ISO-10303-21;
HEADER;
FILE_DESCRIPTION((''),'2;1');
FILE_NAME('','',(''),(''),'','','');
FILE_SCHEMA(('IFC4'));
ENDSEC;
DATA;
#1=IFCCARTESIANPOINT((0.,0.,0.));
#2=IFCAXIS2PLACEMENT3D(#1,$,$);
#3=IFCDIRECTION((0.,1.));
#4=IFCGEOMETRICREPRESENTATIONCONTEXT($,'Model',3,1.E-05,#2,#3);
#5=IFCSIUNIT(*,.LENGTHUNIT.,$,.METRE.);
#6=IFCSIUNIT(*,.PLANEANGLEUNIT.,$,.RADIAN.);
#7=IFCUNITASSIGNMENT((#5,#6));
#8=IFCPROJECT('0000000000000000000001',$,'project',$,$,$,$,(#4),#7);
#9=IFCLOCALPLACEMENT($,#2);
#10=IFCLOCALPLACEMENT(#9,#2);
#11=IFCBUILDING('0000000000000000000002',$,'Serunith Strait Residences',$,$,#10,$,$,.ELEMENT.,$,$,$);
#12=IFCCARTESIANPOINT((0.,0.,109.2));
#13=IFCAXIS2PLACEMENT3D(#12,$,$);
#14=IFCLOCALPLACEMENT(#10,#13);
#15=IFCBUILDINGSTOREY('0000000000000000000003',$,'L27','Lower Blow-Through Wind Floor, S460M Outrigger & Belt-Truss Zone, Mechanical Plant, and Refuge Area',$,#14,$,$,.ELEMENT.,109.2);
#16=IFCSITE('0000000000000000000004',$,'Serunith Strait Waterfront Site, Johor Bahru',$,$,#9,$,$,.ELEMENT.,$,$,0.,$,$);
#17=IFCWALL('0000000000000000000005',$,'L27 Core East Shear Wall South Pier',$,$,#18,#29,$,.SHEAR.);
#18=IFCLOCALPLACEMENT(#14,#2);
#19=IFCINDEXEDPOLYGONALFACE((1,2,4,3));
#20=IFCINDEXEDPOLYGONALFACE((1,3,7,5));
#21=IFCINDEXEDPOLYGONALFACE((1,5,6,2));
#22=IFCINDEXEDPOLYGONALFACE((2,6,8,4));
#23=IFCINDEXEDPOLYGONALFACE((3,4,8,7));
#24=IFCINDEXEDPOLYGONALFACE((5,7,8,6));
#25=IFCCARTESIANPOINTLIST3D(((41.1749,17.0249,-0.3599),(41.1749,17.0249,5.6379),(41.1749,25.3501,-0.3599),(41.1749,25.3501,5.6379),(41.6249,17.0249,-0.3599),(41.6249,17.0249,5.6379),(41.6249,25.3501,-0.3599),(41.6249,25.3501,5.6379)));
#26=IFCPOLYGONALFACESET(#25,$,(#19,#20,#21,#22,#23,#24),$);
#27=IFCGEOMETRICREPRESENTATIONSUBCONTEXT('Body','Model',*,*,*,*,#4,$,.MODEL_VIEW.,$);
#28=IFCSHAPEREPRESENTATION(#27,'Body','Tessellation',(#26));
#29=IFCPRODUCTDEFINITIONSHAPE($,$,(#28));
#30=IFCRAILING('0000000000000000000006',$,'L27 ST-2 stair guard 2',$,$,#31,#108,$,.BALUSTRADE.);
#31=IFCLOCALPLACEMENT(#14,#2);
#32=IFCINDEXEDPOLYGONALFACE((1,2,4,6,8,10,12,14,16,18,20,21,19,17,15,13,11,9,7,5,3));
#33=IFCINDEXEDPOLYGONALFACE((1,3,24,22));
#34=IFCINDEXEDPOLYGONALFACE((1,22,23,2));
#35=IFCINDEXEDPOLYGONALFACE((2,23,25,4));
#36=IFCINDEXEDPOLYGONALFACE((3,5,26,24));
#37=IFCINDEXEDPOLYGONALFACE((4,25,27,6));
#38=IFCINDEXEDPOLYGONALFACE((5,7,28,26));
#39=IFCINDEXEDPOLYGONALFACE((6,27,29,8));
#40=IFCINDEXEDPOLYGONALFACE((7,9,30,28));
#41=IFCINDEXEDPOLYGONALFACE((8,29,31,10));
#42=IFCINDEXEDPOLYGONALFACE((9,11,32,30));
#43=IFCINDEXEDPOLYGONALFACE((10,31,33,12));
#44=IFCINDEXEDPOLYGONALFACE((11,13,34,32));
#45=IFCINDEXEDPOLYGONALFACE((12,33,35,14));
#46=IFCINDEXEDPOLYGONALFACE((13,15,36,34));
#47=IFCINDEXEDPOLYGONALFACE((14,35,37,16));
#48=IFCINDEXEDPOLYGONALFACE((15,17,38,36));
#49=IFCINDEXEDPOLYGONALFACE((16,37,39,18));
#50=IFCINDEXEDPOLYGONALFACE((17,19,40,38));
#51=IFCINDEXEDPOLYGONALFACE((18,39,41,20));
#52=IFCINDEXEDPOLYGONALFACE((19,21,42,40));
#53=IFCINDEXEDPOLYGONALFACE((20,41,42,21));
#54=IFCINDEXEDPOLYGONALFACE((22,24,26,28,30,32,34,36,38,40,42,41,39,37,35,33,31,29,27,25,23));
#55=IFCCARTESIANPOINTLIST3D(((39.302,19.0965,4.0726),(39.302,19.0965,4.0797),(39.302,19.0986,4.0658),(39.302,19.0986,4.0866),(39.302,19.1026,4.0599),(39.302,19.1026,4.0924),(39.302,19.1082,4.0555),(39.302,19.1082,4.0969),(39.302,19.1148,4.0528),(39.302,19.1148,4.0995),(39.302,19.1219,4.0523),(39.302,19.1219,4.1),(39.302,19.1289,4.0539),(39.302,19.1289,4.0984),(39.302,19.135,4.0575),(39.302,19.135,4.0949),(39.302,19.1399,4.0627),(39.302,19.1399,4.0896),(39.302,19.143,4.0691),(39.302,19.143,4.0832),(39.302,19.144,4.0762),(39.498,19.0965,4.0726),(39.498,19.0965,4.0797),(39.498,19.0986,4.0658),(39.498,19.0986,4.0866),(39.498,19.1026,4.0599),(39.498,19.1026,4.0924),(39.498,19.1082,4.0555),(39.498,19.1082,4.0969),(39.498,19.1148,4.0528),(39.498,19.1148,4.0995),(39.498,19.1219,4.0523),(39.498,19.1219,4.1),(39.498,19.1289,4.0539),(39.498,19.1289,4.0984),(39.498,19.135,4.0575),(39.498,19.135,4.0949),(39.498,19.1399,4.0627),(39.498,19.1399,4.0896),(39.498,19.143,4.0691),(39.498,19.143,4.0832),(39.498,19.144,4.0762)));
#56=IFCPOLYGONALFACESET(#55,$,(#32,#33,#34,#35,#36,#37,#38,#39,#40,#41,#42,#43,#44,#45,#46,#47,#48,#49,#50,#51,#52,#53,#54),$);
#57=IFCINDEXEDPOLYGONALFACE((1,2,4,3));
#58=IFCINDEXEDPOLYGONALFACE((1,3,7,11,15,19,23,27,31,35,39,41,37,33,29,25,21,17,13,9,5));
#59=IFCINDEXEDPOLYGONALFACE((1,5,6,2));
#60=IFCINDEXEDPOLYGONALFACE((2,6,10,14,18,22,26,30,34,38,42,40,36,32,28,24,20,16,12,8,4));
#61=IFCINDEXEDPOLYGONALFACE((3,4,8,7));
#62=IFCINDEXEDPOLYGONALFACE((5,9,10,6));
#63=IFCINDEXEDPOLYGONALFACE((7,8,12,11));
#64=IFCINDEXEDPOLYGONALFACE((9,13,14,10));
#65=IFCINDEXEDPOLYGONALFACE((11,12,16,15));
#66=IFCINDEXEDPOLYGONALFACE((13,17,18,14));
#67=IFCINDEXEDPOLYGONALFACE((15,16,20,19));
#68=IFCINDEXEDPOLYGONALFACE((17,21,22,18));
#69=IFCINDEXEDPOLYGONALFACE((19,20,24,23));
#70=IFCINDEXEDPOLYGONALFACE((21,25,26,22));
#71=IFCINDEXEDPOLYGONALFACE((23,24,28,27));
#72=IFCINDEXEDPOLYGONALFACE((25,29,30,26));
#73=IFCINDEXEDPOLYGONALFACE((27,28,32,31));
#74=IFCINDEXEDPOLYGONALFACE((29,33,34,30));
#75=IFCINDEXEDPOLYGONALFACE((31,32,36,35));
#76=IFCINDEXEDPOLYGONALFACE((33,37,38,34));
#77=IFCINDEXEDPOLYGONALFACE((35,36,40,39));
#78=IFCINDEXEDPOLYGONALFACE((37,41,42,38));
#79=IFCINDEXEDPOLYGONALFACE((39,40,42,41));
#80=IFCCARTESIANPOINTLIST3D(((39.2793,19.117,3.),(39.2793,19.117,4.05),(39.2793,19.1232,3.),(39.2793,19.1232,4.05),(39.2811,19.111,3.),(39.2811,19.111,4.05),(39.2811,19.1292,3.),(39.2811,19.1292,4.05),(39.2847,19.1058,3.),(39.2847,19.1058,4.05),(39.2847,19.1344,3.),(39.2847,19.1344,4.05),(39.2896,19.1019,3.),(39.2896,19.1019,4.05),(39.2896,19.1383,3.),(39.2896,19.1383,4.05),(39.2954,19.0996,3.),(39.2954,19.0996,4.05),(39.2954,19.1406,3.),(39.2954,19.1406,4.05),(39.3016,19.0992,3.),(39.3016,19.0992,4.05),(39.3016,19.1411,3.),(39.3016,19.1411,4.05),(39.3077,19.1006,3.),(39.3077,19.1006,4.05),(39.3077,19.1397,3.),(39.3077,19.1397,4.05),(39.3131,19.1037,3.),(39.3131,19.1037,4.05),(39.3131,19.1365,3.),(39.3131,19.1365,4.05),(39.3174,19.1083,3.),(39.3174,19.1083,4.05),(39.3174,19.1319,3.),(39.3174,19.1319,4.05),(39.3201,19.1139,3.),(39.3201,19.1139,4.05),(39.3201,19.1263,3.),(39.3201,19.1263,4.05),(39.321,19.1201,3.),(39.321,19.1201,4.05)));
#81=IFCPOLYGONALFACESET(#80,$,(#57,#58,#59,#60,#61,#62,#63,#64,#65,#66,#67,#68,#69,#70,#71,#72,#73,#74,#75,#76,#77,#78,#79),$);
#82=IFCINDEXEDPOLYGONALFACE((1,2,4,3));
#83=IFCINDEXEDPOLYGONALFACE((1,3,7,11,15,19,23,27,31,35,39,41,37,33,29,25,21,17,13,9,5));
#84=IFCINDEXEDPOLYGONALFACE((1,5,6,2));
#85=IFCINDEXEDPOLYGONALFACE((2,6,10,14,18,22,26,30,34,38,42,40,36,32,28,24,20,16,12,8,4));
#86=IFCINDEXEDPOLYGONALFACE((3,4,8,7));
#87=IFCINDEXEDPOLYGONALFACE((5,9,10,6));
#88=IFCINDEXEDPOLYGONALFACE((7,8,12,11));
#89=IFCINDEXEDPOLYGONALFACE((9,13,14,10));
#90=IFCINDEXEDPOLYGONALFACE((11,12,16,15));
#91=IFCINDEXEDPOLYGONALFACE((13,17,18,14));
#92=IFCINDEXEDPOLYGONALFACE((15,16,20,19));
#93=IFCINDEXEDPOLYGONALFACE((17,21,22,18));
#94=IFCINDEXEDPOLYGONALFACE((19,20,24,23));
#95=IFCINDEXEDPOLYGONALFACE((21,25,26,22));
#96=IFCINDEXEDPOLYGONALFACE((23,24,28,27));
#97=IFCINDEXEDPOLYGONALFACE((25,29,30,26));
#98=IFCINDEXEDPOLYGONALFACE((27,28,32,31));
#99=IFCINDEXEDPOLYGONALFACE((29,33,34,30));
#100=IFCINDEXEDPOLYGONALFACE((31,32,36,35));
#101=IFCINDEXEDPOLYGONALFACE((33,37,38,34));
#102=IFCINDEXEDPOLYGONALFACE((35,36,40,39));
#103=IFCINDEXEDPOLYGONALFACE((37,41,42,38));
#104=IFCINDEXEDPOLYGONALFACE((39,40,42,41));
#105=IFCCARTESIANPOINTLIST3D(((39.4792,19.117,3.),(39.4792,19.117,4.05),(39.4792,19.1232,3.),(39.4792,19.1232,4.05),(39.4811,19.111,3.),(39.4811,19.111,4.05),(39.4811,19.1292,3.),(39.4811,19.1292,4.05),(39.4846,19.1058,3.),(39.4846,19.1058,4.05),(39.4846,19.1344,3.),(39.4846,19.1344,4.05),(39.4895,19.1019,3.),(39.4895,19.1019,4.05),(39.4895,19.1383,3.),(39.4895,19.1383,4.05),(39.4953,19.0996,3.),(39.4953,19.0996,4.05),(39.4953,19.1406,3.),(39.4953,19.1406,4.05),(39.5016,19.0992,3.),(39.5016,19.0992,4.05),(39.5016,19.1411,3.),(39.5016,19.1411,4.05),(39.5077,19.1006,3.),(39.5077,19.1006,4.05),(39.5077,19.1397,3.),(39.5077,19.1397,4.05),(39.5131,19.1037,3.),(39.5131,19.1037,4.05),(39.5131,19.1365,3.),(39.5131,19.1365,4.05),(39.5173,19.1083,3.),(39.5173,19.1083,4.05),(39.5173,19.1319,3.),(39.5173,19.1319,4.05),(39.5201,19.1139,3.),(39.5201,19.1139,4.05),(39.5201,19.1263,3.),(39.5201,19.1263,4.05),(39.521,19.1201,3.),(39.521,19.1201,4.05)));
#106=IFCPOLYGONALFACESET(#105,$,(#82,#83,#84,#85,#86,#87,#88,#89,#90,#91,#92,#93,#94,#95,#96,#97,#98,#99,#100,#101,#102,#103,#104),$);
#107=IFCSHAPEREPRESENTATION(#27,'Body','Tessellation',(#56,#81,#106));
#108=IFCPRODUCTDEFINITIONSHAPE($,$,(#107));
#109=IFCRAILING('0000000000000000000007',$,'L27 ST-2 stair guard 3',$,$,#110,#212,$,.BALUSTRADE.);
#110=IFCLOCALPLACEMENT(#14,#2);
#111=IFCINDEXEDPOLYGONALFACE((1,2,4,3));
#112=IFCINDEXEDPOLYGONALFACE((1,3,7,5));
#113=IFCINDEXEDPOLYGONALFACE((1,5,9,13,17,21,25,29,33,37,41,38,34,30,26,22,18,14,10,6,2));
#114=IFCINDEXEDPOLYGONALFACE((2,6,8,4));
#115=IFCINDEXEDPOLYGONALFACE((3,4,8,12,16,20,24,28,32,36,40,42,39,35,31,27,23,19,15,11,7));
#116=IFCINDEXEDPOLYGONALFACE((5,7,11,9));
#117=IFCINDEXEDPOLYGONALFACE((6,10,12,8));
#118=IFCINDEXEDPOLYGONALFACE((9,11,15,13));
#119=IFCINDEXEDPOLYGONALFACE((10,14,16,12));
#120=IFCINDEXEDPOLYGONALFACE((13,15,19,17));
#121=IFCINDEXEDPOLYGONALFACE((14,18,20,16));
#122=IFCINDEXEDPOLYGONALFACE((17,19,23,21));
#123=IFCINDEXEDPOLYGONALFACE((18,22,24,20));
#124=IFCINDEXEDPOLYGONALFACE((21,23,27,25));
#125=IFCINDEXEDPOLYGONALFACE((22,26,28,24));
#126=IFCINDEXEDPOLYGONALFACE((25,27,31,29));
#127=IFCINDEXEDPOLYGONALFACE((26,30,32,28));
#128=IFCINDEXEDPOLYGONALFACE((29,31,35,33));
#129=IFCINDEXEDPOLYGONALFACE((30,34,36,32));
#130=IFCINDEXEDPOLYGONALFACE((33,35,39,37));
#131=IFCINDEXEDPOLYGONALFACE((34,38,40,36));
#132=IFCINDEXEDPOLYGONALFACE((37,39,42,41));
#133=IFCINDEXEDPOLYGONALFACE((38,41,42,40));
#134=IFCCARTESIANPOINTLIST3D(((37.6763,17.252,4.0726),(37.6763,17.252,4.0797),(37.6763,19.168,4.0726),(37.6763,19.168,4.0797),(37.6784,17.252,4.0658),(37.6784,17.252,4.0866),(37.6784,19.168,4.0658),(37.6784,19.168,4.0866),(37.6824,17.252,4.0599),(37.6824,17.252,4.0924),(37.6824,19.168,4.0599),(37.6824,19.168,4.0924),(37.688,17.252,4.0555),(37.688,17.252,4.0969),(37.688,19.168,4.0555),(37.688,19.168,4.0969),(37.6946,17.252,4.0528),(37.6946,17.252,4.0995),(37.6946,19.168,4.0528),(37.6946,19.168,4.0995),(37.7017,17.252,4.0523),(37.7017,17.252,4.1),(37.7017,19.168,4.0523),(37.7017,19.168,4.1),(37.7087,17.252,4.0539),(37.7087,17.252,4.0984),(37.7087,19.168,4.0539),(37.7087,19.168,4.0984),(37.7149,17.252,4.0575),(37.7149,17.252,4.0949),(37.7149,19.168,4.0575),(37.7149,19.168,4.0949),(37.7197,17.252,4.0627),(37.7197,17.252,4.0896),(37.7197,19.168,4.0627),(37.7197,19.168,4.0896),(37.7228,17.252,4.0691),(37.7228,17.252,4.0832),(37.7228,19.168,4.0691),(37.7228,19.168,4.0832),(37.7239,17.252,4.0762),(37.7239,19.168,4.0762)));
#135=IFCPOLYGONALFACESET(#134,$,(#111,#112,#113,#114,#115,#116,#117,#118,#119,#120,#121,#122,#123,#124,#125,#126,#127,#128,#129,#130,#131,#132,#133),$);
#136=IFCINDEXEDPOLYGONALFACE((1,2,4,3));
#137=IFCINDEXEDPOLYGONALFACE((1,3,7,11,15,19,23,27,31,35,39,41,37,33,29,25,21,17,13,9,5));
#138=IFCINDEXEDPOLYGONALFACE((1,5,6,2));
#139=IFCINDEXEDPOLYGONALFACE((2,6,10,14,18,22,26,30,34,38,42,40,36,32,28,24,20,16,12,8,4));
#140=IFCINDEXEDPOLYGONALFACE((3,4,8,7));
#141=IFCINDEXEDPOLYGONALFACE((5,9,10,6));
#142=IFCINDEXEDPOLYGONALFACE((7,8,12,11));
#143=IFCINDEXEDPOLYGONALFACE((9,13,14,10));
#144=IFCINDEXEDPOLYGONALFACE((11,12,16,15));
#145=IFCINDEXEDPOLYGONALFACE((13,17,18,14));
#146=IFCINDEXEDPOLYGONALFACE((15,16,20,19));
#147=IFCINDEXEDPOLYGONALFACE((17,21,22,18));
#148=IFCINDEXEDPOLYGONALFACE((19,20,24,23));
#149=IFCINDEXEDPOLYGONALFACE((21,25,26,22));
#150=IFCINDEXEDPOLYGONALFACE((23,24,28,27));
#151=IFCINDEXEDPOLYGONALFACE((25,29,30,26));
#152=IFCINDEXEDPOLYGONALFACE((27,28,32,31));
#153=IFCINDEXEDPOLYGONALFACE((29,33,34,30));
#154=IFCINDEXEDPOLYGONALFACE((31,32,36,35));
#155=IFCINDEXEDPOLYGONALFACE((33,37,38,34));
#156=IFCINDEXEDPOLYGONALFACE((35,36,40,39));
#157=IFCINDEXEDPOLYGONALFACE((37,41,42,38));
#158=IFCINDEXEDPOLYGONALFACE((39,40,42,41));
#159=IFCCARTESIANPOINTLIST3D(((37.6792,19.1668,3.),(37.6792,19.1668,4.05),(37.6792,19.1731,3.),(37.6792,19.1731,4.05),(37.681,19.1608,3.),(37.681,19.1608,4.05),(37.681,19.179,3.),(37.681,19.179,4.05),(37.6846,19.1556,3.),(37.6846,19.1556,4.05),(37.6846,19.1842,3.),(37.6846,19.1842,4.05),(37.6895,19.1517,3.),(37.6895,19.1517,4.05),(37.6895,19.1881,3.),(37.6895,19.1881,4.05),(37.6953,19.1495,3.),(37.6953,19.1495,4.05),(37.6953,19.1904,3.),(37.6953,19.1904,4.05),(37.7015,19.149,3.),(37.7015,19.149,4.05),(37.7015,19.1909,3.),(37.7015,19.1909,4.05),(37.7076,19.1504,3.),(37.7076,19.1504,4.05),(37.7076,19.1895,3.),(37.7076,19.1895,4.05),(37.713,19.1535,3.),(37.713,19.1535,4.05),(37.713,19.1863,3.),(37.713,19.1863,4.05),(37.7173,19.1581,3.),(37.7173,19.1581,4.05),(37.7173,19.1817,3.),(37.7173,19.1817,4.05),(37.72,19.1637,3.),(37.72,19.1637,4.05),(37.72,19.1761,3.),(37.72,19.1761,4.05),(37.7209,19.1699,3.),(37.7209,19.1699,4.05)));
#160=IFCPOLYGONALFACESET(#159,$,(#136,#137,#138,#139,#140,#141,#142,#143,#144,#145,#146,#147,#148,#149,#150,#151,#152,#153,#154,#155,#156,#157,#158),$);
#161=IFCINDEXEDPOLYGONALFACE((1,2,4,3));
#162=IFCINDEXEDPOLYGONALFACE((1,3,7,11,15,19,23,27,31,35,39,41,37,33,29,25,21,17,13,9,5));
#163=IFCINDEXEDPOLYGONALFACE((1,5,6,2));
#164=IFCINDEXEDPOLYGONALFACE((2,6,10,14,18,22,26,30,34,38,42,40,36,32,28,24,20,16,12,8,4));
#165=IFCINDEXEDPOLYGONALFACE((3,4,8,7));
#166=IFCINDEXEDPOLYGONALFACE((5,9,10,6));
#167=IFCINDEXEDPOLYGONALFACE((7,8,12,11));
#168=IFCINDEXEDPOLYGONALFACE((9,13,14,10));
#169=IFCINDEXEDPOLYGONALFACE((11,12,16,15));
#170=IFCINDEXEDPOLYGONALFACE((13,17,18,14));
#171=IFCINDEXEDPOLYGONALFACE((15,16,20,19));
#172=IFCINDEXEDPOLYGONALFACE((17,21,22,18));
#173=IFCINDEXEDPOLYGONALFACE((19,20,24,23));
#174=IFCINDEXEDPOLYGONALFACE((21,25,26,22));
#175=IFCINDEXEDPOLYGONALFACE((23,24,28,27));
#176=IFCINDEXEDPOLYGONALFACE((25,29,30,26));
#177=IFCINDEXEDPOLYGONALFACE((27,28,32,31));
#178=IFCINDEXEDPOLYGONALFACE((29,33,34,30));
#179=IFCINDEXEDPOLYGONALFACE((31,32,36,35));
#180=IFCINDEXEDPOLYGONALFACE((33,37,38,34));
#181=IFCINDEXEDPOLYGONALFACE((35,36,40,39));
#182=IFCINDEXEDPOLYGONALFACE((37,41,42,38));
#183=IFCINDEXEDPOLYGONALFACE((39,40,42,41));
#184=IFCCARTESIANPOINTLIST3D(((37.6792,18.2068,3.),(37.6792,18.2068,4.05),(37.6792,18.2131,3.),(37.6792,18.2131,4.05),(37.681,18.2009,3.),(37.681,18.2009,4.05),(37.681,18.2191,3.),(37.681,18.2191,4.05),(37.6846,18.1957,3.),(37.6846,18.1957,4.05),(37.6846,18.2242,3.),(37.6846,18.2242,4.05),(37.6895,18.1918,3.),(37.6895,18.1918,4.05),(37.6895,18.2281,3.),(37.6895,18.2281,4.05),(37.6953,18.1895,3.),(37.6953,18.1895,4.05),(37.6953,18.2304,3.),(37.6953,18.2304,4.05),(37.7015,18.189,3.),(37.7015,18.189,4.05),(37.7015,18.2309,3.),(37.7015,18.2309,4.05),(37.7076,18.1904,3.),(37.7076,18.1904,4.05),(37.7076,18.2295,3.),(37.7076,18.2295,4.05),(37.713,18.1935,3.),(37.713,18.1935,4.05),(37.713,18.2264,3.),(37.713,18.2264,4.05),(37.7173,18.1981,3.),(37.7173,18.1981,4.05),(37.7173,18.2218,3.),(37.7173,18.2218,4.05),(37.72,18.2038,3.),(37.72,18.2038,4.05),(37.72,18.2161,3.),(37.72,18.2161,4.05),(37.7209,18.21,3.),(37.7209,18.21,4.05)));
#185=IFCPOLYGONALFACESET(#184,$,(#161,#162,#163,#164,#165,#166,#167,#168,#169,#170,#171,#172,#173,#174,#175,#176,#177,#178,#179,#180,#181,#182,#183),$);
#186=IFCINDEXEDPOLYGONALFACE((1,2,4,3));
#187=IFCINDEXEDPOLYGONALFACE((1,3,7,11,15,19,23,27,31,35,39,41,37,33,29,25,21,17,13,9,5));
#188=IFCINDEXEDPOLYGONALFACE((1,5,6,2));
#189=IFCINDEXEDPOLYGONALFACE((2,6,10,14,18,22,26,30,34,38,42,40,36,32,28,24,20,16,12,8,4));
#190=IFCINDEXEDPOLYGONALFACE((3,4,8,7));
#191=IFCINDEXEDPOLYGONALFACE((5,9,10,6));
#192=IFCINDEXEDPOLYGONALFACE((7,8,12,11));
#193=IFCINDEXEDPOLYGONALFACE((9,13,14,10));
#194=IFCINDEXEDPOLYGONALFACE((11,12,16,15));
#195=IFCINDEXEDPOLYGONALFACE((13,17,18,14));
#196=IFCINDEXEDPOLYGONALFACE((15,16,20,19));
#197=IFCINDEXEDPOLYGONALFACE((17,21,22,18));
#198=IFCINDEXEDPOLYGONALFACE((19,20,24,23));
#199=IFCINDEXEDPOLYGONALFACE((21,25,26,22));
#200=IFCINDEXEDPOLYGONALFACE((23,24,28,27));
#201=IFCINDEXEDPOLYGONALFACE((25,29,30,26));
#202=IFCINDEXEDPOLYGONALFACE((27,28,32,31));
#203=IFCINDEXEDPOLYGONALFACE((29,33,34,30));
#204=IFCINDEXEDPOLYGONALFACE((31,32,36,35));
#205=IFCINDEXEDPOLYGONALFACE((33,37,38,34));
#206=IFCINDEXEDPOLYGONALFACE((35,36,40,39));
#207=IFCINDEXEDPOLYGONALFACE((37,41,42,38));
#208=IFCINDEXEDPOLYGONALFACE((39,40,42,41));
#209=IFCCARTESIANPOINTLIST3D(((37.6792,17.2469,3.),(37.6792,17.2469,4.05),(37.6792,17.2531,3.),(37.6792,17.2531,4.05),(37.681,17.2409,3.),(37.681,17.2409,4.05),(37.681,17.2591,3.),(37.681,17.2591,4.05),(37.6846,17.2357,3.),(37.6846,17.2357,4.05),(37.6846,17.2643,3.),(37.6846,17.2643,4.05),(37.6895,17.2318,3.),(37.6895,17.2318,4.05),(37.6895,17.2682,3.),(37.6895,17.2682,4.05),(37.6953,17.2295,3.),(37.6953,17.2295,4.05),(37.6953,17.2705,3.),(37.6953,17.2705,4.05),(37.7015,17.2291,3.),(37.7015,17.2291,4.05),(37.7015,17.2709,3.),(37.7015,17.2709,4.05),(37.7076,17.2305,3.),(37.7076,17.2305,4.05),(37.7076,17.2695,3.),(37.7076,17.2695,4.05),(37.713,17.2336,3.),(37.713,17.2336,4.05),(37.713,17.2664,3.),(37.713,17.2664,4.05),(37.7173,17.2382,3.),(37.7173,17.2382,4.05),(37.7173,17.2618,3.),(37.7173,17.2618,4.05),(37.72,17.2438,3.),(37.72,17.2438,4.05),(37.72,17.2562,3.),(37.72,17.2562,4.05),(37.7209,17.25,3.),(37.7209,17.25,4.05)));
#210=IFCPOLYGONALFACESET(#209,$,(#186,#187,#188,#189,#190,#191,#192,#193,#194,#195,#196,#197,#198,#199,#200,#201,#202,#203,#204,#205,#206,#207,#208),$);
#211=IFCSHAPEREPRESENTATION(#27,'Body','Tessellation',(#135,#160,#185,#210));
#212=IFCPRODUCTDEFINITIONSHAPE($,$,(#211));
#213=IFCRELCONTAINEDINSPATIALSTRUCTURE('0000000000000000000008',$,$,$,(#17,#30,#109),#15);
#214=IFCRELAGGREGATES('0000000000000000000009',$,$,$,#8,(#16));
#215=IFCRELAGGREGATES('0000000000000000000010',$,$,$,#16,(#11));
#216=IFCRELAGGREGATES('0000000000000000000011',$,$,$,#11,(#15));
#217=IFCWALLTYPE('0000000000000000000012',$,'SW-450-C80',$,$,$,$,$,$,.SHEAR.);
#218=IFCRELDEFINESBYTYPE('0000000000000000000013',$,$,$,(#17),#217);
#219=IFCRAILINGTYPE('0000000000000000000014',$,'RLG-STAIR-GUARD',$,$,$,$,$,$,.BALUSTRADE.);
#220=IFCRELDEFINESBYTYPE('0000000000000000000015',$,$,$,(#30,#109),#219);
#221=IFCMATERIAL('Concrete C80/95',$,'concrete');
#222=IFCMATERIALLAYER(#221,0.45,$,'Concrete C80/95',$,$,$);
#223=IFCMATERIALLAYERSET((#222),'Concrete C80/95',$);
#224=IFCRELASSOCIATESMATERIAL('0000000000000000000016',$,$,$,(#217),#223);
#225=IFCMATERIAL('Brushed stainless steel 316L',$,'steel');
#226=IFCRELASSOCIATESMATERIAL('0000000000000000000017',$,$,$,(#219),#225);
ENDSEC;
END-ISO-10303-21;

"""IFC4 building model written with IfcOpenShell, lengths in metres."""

from ifc_helpers import new_model, si_unit, direction, frame, frame_2d, origin, origin_2d, place, context, subcontext, project, spatial, rectangle, circle, extrude, material, layer, layer_set, type_object, element, save


model = new_model("IFC4")

# Units and contexts
model_context = context("Model", 3, precision=1e-05, world=origin(), true_north=direction((0.0, 1.0)))
body_context = subcontext(model_context, "Body", "Model", "MODEL_VIEW")
ifc_project = project(units=[si_unit("LENGTHUNIT", "METRE"), si_unit("PLANEANGLEUNIT", "RADIAN")], contexts=[model_context])

# Site, building, storey
site_placement = place(None, origin())
site = spatial("IfcSite", under=ifc_project, at=site_placement, Name="Serunith Strait Waterfront Site, Johor Bahru", CompositionType="ELEMENT", RefElevation=0.0)
building_placement = place(site_placement, origin())
building = spatial("IfcBuilding", under=site, at=building_placement, Name="Serunith Strait Residences", CompositionType="ELEMENT")
storey_placement = place(building_placement, frame((0.0, 0.0, 109.2)))
storey = spatial("IfcBuildingStorey", under=building, at=storey_placement, Name="L27", Description="Lower Blow-Through Wind Floor, S460M Outrigger & Belt-Truss Zone, Mechanical Plant, and Refuge Area", CompositionType="ELEMENT", Elevation=109.2)

# Wall
ifc_material_1 = material(Name="Concrete C80/95", Category="concrete")
ifc_layer_1 = layer(ifc_material_1, 0.45, Name="Concrete C80/95")
ifc_layer_set_1 = layer_set([ifc_layer_1], Name="Concrete C80/95")
wall_type_1 = type_object("IfcWallType", Name="SW-450-C80", PredefinedType="SHEAR", material=ifc_layer_set_1)
wall_1_placement = place(storey_placement, frame((41.3999, 17.0249, -0.3599), z_axis=(0.0, 0.0, 1.0), x_axis=(0.0, 1.0, 0.0)))
element("IfcWall", 1, at=wall_1_placement, inside=storey, type_object=wall_type_1, Name="L27 Core East Shear Wall South Pier", PredefinedType="SHEAR", context=body_context, shape_type="SweptSolid", body=[
    extrude(rectangle(XDim=8.3252, YDim=0.45, at=frame_2d((4.1626, 0.0))), origin(), (0.0, 0.0, 1.0), 5.9978),
])

# Railings
ifc_material_2 = material(Name="Brushed stainless steel 316L", Category="steel")
railing_type_1 = type_object("IfcRailingType", Name="RLG-STAIR-GUARD", PredefinedType="BALUSTRADE", material=ifc_material_2)
railing_1_placement = place(storey_placement, frame((39.3, 19.1201, 3.0)))
element("IfcRailing", 2, at=railing_1_placement, inside=storey, type_object=railing_type_1, Name="L27 ST-2 stair guard 2", PredefinedType="BALUSTRADE", context=body_context, shape_type="SweptSolid", body=[
    extrude(circle(Radius=0.0239, at=origin_2d()), frame((0.002, 0.0, 1.0762), z_axis=(1.0, 0.0, 0.0), x_axis=(0.0, 1.0, 0.0)), (0.0, 0.0, 1.0), 0.196),
    extrude(circle(Radius=0.021, at=origin_2d()), origin(), (0.0, 0.0, 1.0), 1.05),
    extrude(circle(Radius=0.021, at=origin_2d()), frame((0.2, 0.0, 0.0)), (0.0, 0.0, 1.0), 1.05),
])
for number, where, name in (
    (3, (37.7, 19.1699, 3.0), "L27 ST-2 stair guard 3"),
):
    element("IfcRailing", number, at=place(storey_placement, frame(where)), inside=storey, type_object=railing_type_1, Name=name, PredefinedType="BALUSTRADE", context=body_context, shape_type="SweptSolid", body=[
        extrude(circle(Radius=0.0239, at=origin_2d()), frame((0.0, -0.002, 1.0762), z_axis=(0.0, -1.0, 0.0), x_axis=(1.0, 0.0, 0.0)), (0.0, 0.0, 1.0), 1.916),
        extrude(circle(Radius=0.021, at=origin_2d()), origin(), (0.0, 0.0, 1.0), 1.05),
        extrude(circle(Radius=0.021, at=origin_2d()), frame((0.0, -0.96, 0.0)), (0.0, 0.0, 1.0), 1.05),
        extrude(circle(Radius=0.021, at=origin_2d()), frame((0.0, -1.9199, 0.0)), (0.0, 0.0, 1.0), 1.05),
    ])

save(model, "model.ifc")
